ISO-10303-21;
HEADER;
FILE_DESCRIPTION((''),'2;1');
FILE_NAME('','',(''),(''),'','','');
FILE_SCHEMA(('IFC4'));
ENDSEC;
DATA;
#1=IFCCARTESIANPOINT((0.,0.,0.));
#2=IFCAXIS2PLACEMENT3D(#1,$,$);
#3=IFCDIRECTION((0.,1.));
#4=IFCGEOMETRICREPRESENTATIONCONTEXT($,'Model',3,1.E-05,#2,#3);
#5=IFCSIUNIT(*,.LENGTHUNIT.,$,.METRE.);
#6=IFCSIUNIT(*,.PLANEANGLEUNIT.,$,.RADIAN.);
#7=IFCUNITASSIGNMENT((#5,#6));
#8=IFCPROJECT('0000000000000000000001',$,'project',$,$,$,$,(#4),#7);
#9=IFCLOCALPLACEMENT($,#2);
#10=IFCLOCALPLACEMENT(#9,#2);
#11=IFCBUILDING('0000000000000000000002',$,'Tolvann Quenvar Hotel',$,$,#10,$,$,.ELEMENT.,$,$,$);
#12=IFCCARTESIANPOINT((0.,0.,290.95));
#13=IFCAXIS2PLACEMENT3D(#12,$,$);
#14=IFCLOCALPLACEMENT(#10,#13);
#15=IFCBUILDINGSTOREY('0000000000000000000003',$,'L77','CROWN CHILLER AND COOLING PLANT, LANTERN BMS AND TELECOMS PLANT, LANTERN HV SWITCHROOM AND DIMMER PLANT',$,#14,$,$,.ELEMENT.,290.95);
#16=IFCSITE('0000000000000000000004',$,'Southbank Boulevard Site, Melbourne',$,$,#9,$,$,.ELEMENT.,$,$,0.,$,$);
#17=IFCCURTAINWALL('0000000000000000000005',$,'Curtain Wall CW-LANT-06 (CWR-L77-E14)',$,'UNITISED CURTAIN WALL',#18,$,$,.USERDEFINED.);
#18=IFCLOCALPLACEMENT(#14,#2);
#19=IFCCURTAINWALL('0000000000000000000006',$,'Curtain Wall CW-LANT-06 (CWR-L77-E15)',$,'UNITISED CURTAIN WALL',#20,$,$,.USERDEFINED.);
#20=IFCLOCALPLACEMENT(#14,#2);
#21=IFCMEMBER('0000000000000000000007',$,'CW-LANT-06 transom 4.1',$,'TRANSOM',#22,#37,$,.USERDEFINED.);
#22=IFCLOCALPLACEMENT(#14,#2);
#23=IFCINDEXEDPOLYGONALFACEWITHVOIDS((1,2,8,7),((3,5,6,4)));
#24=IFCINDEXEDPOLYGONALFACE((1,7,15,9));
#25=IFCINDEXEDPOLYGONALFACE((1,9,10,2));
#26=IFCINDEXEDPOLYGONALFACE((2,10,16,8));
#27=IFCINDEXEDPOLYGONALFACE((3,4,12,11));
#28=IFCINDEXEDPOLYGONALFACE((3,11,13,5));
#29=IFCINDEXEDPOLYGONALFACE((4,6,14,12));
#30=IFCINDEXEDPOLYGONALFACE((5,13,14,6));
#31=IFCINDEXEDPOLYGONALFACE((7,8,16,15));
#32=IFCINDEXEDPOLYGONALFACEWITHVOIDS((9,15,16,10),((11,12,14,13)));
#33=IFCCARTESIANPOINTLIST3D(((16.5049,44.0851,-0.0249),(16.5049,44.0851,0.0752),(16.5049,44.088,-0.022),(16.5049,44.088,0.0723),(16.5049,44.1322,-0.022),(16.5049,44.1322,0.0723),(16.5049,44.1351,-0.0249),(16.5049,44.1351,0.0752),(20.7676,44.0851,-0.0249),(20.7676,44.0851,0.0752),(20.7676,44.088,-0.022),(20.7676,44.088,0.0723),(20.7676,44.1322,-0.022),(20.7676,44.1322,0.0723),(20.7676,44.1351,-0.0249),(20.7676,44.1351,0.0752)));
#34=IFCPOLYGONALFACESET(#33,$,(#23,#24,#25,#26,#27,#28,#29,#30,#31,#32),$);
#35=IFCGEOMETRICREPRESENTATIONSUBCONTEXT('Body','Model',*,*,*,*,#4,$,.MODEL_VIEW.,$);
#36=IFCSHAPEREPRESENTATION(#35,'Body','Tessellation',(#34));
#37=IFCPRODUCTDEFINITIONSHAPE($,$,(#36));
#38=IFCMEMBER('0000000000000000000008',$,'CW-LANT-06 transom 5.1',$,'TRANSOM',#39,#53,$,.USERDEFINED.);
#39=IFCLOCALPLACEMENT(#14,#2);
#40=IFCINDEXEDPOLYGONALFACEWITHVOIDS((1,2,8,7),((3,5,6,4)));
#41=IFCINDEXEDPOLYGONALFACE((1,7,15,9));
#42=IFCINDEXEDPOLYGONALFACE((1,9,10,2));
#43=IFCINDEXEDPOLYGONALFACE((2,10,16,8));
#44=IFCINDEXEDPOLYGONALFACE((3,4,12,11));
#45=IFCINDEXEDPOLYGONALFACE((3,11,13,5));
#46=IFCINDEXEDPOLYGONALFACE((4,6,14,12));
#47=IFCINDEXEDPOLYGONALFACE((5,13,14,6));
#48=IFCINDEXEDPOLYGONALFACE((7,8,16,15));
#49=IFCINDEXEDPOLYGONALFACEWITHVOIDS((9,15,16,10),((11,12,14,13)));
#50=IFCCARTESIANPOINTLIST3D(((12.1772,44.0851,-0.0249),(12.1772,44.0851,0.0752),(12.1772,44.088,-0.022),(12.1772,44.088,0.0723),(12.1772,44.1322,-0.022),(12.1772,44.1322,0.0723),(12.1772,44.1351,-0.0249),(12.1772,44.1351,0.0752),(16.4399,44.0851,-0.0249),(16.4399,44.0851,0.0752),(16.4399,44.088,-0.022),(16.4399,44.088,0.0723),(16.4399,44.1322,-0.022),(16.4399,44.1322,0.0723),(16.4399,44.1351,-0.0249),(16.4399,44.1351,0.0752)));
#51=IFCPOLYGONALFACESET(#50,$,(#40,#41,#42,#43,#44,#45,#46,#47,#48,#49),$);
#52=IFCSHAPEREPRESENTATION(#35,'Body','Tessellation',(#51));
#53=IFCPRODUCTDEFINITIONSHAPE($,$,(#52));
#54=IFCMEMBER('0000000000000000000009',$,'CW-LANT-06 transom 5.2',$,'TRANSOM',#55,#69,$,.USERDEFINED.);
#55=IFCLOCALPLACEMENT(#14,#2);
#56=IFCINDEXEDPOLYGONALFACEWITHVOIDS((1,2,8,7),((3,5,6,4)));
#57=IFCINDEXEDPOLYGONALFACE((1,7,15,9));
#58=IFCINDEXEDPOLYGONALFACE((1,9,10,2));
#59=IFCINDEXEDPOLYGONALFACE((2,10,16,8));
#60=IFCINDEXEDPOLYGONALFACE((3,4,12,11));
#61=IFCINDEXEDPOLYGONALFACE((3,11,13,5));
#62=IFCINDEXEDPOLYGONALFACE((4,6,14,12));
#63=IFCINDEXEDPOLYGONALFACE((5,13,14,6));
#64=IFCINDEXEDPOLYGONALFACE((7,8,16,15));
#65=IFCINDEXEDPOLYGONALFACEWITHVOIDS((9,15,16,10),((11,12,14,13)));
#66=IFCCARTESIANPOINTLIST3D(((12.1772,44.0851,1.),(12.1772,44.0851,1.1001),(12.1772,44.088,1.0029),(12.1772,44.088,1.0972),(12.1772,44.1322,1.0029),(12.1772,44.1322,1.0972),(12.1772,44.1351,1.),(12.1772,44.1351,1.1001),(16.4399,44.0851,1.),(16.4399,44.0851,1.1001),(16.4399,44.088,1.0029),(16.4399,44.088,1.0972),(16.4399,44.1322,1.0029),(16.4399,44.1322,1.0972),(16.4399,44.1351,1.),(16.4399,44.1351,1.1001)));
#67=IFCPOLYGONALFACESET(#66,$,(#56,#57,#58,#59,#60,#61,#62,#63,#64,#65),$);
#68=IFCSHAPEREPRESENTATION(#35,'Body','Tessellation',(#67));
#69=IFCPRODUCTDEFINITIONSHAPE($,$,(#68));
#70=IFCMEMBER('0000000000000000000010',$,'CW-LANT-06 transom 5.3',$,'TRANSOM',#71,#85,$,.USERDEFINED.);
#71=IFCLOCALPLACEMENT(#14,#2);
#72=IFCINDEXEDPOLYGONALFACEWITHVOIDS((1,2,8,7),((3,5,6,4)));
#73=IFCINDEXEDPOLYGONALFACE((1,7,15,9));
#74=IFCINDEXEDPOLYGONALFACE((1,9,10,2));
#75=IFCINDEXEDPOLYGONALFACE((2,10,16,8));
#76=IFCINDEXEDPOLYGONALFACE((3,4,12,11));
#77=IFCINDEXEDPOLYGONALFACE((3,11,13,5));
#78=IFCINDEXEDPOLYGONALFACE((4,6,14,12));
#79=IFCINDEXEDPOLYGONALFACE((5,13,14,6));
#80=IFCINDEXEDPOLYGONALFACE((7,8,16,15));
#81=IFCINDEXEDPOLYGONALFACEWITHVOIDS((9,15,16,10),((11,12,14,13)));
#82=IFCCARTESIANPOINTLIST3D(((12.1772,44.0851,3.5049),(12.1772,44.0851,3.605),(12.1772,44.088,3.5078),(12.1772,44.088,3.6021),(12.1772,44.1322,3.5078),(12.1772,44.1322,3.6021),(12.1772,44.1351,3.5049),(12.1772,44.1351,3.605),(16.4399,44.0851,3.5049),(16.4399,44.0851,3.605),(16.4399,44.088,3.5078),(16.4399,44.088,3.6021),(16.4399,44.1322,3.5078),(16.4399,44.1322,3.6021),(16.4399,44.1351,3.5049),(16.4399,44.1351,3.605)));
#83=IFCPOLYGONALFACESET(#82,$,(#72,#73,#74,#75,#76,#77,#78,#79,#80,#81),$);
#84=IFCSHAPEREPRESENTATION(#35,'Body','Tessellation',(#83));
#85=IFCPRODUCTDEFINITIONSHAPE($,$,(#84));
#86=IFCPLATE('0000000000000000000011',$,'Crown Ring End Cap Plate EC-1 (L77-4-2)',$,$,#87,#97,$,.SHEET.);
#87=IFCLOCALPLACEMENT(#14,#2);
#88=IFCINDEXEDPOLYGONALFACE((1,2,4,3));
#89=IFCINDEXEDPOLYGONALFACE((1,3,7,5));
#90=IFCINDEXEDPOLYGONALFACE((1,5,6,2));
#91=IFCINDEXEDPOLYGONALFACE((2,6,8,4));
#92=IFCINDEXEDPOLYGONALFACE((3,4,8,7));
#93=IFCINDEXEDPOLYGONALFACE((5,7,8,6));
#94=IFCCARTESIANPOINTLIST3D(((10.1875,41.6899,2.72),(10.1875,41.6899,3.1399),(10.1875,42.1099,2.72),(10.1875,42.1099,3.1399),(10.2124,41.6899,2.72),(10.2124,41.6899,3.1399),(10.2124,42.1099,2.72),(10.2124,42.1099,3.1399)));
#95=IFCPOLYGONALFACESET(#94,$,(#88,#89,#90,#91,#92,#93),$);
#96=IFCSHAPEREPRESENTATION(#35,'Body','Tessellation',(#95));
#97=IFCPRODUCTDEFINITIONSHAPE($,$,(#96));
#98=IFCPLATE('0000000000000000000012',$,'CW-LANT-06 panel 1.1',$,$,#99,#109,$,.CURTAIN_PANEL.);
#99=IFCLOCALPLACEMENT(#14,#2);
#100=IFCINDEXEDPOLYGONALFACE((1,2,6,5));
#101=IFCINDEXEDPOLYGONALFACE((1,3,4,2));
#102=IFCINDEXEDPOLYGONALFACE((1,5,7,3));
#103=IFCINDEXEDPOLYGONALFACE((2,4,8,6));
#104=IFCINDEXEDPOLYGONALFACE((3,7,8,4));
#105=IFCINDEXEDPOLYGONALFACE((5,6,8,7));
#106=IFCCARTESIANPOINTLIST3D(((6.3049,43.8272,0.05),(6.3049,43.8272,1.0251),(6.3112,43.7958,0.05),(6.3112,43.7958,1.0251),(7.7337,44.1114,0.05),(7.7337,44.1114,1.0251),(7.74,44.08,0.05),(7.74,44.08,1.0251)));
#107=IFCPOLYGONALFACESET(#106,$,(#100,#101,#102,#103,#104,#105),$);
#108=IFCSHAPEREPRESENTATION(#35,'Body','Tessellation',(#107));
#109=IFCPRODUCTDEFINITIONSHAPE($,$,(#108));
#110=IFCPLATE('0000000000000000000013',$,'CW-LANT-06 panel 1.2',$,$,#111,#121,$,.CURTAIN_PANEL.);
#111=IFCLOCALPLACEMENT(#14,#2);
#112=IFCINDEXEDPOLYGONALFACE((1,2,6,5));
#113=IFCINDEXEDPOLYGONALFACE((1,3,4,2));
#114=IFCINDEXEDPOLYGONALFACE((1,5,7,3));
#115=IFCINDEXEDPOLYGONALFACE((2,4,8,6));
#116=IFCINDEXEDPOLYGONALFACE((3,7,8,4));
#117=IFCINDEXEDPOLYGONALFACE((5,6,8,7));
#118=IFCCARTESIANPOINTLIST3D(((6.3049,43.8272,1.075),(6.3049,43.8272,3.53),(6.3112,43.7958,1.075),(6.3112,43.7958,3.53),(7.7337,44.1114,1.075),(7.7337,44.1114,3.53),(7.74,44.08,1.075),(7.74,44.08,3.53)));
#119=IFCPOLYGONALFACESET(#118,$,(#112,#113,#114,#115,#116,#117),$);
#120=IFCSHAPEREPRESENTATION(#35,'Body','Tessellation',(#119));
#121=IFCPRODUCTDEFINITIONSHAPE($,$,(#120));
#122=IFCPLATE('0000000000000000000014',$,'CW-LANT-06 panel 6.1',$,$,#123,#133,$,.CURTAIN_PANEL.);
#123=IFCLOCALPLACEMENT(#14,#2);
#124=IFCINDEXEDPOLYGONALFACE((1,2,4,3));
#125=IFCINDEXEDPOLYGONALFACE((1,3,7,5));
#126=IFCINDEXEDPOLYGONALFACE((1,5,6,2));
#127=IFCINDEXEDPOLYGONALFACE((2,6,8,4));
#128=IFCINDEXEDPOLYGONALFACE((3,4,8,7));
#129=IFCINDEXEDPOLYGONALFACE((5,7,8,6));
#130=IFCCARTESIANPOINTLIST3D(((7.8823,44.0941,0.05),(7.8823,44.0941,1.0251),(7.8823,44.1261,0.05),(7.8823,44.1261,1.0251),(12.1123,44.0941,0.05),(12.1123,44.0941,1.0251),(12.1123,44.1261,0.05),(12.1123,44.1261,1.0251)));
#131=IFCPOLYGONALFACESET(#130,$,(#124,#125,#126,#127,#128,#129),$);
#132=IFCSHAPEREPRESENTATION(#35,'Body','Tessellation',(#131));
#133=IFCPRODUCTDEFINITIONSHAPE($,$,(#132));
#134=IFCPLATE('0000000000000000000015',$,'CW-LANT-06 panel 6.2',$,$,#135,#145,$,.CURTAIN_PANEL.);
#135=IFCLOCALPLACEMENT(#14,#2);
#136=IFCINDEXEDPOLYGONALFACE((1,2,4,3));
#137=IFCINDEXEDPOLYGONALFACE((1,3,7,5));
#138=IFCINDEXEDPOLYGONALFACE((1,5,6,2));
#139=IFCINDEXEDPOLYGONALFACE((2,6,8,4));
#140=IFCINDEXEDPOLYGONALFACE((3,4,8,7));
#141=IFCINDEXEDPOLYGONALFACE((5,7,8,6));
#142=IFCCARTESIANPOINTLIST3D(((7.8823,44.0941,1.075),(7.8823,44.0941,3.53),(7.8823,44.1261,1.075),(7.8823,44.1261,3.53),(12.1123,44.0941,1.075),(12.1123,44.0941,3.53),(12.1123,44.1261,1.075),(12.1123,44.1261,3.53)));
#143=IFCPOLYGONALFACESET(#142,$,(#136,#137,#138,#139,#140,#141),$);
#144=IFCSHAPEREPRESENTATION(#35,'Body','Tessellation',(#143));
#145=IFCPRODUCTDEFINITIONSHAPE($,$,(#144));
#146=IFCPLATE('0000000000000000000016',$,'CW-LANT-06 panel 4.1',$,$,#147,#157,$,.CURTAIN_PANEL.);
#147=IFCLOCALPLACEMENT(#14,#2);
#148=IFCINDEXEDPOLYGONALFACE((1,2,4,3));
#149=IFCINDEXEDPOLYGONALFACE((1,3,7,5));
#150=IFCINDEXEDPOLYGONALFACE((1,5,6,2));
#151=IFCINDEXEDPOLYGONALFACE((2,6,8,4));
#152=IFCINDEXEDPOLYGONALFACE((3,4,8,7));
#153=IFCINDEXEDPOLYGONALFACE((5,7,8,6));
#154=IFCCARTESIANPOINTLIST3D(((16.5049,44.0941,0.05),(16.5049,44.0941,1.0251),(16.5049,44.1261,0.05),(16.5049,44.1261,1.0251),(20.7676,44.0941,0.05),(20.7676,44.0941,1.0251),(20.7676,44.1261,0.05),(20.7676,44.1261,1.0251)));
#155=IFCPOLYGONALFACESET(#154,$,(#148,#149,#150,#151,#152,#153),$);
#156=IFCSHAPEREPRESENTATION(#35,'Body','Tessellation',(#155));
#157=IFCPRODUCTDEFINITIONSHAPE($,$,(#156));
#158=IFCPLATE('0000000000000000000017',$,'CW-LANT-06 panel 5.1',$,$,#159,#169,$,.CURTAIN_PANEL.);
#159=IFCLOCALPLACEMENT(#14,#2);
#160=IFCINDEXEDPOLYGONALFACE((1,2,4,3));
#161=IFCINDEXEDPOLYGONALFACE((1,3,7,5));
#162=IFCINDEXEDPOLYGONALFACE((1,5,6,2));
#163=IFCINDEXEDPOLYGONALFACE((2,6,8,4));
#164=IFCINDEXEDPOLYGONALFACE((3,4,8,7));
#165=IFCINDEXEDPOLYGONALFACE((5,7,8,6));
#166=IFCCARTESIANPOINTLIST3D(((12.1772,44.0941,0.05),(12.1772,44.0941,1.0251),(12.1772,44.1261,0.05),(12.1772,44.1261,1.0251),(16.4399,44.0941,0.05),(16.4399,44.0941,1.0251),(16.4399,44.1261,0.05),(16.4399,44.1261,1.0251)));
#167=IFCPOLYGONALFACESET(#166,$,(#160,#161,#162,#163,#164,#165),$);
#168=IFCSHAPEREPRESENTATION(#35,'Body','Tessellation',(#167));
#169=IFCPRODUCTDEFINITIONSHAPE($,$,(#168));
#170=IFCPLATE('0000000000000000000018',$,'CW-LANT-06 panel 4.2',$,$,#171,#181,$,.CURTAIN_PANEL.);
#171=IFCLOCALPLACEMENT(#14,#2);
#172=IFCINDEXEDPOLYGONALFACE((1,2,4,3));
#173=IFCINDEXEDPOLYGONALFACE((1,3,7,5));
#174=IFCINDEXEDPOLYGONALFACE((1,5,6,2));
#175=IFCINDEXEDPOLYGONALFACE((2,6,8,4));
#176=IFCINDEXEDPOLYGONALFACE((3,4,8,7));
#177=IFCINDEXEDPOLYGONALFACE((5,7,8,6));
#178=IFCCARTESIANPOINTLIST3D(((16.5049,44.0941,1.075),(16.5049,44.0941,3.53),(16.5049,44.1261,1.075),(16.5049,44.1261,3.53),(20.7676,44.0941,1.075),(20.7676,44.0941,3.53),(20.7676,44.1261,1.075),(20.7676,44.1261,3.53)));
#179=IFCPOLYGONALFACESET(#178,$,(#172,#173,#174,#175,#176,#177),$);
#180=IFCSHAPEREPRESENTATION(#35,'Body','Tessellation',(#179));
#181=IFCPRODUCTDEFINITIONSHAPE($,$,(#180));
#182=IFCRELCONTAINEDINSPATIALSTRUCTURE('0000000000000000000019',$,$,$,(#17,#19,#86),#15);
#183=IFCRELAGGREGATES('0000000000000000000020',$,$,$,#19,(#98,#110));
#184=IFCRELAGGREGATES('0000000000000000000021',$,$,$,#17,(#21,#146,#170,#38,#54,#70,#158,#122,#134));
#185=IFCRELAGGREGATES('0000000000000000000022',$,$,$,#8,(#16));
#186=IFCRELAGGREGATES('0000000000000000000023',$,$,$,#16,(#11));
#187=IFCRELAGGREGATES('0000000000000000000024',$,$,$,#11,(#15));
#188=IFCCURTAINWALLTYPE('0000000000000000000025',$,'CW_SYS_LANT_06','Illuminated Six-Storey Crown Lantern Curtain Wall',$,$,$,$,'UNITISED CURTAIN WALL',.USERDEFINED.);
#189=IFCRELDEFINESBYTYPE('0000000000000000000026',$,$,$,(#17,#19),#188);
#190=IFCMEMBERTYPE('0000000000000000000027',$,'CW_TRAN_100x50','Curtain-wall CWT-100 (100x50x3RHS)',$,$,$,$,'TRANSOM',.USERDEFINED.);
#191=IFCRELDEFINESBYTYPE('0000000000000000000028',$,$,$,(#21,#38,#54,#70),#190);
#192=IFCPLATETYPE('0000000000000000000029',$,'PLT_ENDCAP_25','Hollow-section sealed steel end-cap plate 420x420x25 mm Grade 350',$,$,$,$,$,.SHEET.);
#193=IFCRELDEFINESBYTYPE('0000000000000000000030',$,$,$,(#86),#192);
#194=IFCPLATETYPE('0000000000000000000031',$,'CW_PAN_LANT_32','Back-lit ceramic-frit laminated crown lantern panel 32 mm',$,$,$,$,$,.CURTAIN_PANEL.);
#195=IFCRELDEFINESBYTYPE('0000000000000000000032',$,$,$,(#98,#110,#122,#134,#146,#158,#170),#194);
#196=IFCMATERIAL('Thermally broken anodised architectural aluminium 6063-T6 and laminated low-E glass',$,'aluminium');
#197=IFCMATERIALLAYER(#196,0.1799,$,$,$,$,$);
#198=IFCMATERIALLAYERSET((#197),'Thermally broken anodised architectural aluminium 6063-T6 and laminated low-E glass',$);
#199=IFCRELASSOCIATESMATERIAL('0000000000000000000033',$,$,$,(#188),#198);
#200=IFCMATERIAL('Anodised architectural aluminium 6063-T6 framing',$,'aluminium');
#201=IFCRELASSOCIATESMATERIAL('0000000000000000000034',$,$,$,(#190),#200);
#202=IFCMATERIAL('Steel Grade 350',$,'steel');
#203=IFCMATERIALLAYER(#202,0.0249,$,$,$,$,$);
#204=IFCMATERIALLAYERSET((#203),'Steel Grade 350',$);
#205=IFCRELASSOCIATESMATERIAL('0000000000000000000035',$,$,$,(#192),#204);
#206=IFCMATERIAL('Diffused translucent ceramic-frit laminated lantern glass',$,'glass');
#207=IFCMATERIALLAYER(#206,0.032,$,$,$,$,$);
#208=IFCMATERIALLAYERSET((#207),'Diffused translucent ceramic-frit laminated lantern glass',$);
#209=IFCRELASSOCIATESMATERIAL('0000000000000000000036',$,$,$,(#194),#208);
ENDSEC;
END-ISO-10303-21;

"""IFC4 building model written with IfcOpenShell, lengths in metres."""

from ifc_helpers import new_model, si_unit, direction, frame, origin, origin_2d, place, context, subcontext, project, spatial, rectangle, hollow_rectangle, extrude, source, transform, mapped, material, layer, layer_set, material_profile, profile_set, type_object, type_shapes, element, aggregate, save


model = new_model("IFC4")

# Units and contexts
model_context = context("Model", 3, precision=1e-05, world=origin(), true_north=direction((0.0, 1.0)))
body_context = subcontext(model_context, "Body", "Model", "MODEL_VIEW")
ifc_project = project(units=[si_unit("LENGTHUNIT", "METRE"), si_unit("PLANEANGLEUNIT", "RADIAN")], contexts=[model_context])

# Site, building, storey
site_placement = place(None, origin())
site = spatial("IfcSite", under=ifc_project, at=site_placement, Name="Southbank Boulevard Site, Melbourne", CompositionType="ELEMENT", RefElevation=0.0)
building_placement = place(site_placement, origin())
building = spatial("IfcBuilding", under=site, at=building_placement, Name="Tolvann Quenvar Hotel", CompositionType="ELEMENT")
storey_placement = place(building_placement, frame((0.0, 0.0, 290.95)))
storey = spatial("IfcBuildingStorey", under=building, at=storey_placement, Name="L77", Description="CROWN CHILLER AND COOLING PLANT, LANTERN BMS AND TELECOMS PLANT, LANTERN HV SWITCHROOM AND DIMMER PLANT", CompositionType="ELEMENT", Elevation=290.95)

# Curtain walls
ifc_material_1 = material(Name="Thermally broken anodised architectural aluminium 6063-T6 and laminated low-E glass", Category="aluminium")
ifc_layer_1 = layer(ifc_material_1, 0.1799)
ifc_layer_set_1 = layer_set([ifc_layer_1], Name="Thermally broken anodised architectural aluminium 6063-T6 and laminated low-E glass")
curtain_wall_type = type_object("IfcCurtainWallType", Name="CW_SYS_LANT_06", Description="Illuminated Six-Storey Crown Lantern Curtain Wall", ElementType="UNITISED CURTAIN WALL", PredefinedType="USERDEFINED", material=ifc_layer_set_1)
curtain_wall_1_placement = place(storey_placement, origin())
curtain_wall_1 = element("IfcCurtainWall", 1, at=curtain_wall_1_placement, inside=storey, type_object=curtain_wall_type, Name="Curtain Wall CW-LANT-06 (CWR-L77-E14)", ObjectType="UNITISED CURTAIN WALL", PredefinedType="USERDEFINED")
ifc_material_2 = material(Name="Anodised architectural aluminium 6063-T6 framing", Category="aluminium")
curtain_wall_2_placement = place(storey_placement, origin())
curtain_wall_2 = element("IfcCurtainWall", 2, at=curtain_wall_2_placement, inside=storey, type_object=curtain_wall_type, Name="Curtain Wall CW-LANT-06 (CWR-L77-E15)", ObjectType="UNITISED CURTAIN WALL", PredefinedType="USERDEFINED")
ifc_material_profile_1 = material_profile(ifc_material_2, hollow_rectangle(XDim=0.05, YDim=0.1001, WallThickness=0.0029, at=origin_2d()), Name="100x50x3RHS")
ifc_profile_set_1 = profile_set([ifc_material_profile_1], Name="Anodised architectural aluminium 6063-T6 framing")
member_type_1 = type_object("IfcMemberType", Name="CW_TRAN_100x50", Description="Curtain-wall CWT-100 (100x50x3RHS)", ElementType="TRANSOM", PredefinedType="USERDEFINED", material=ifc_profile_set_1)

# Members
shared_shape_1 = source(origin(), body_context, "Body", "SweptSolid", [
    extrude(hollow_rectangle(XDim=0.05, YDim=0.1001, WallThickness=0.0029, at=origin_2d()), origin(), (0.0, 0.0, 1.0), 4.2627),
])
member_1_placement = place(storey_placement, frame((20.7676, 44.1101, 0.0251), z_axis=(-1.0, 0.0, 0.0), x_axis=(0.0, -1.0, 0.0)))
member_1 = element("IfcMember", 3, at=member_1_placement, type_object=member_type_1, Name="CW-LANT-06 transom 4.1", ObjectType="TRANSOM", PredefinedType="USERDEFINED", context=body_context, shape_type="MappedRepresentation", body=[
    mapped(shared_shape_1, transform((0.0, 0.0, 0.0), x_axis=(1.0, 0.0, 0.0), y_axis=(0.0, 1.0, 0.0), z_axis=(0.0, 0.0, 1.0), scale=1.0)),
])
member_2_placement = place(storey_placement, frame((16.4399, 44.1101, 0.0251), z_axis=(-1.0, 0.0, 0.0), x_axis=(0.0, -1.0, 0.0)))
member_2 = element("IfcMember", 4, at=member_2_placement, type_object=member_type_1, Name="CW-LANT-06 transom 5.1", ObjectType="TRANSOM", PredefinedType="USERDEFINED", context=body_context, shape_type="MappedRepresentation", body=[
    mapped(shared_shape_1, transform((0.0, 0.0, 0.0), x_axis=(1.0, 0.0, 0.0), y_axis=(0.0, 1.0, 0.0), z_axis=(0.0, 0.0, 1.0), scale=1.0)),
])
member_3_placement = place(storey_placement, frame((16.4399, 44.1101, 1.05), z_axis=(-1.0, 0.0, 0.0), x_axis=(0.0, -1.0, 0.0)))
member_3 = element("IfcMember", 5, at=member_3_placement, type_object=member_type_1, Name="CW-LANT-06 transom 5.2", ObjectType="TRANSOM", PredefinedType="USERDEFINED", context=body_context, shape_type="MappedRepresentation", body=[
    mapped(shared_shape_1, transform((0.0, 0.0, 0.0), x_axis=(1.0, 0.0, 0.0), y_axis=(0.0, 1.0, 0.0), z_axis=(0.0, 0.0, 1.0), scale=1.0)),
])
member_4_placement = place(storey_placement, frame((16.4399, 44.1101, 3.5549), z_axis=(-1.0, 0.0, 0.0), x_axis=(0.0, -1.0, 0.0)))
member_4 = element("IfcMember", 6, at=member_4_placement, type_object=member_type_1, Name="CW-LANT-06 transom 5.3", ObjectType="TRANSOM", PredefinedType="USERDEFINED", context=body_context, shape_type="MappedRepresentation", body=[
    mapped(shared_shape_1, transform((0.0, 0.0, 0.0), x_axis=(1.0, 0.0, 0.0), y_axis=(0.0, 1.0, 0.0), z_axis=(0.0, 0.0, 1.0), scale=1.0)),
])

# Plates
ifc_material_3 = material(Name="Steel Grade 350", Category="steel")
ifc_layer_2 = layer(ifc_material_3, 0.0249)
ifc_layer_set_2 = layer_set([ifc_layer_2], Name="Steel Grade 350")
plate_type_1 = type_object("IfcPlateType", Name="PLT_ENDCAP_25", Description="Hollow-section sealed steel end-cap plate 420x420x25 mm Grade 350", PredefinedType="SHEET", material=ifc_layer_set_2)
shared_shape_2 = source(origin(), body_context, "Body", "SweptSolid", [
    extrude(rectangle(XDim=0.0249, YDim=0.4199, at=origin_2d()), origin(), (0.0, 0.0, 1.0), 0.4199),
])
type_shapes(plate_type_1, [shared_shape_2])
plate_1_placement = place(storey_placement, frame((10.2, 41.8999, 2.72), z_axis=(0.0, 0.0, 1.0), x_axis=(1.0, 0.0, 0.0)))
element("IfcPlate", 7, at=plate_1_placement, inside=storey, type_object=plate_type_1, Name="Crown Ring End Cap Plate EC-1 (L77-4-2)", PredefinedType="SHEET", context=body_context, shape_type="MappedRepresentation", body=[
    mapped(shared_shape_2, transform((0.0, 0.0, 0.0), x_axis=(1.0, 0.0, 0.0), y_axis=(0.0, 1.0, 0.0), z_axis=(0.0, 0.0, 1.0), scale=1.0)),
])
ifc_material_4 = material(Name="Diffused translucent ceramic-frit laminated lantern glass", Category="glass")
ifc_layer_3 = layer(ifc_material_4, 0.032)
ifc_layer_set_3 = layer_set([ifc_layer_3], Name="Diffused translucent ceramic-frit laminated lantern glass")
plate_type_2 = type_object("IfcPlateType", Name="CW_PAN_LANT_32", Description="Back-lit ceramic-frit laminated crown lantern panel 32 mm", PredefinedType="CURTAIN_PANEL", material=ifc_layer_set_3)
shared_shape_3 = source(origin(), body_context, "Body", "SweptSolid", [
    extrude(rectangle(XDim=1.4568, YDim=0.032, at=origin_2d()), origin(), (0.0, 0.0, 1.0), 0.9751),
])
plate_2_placement = place(storey_placement, frame((7.0225, 43.9536, 0.05), z_axis=(0.0, 0.0, 1.0), x_axis=(-0.980791, -0.195062, 0.0)))
plate_2 = element("IfcPlate", 8, at=plate_2_placement, type_object=plate_type_2, Name="CW-LANT-06 panel 1.1", PredefinedType="CURTAIN_PANEL", context=body_context, shape_type="MappedRepresentation", body=[
    mapped(shared_shape_3, transform((0.0, 0.0, 0.0), x_axis=(1.0, 0.0, 0.0), y_axis=(0.0, 1.0, 0.0), z_axis=(0.0, 0.0, 1.0), scale=1.0)),
])
shared_shape_4 = source(origin(), body_context, "Body", "SweptSolid", [
    extrude(rectangle(XDim=1.4568, YDim=0.032, at=origin_2d()), origin(), (0.0, 0.0, 1.0), 2.4551),
])
plate_3_placement = place(storey_placement, frame((7.0225, 43.9536, 1.075), z_axis=(0.0, 0.0, 1.0), x_axis=(-0.980791, -0.195062, 0.0)))
plate_3 = element("IfcPlate", 9, at=plate_3_placement, type_object=plate_type_2, Name="CW-LANT-06 panel 1.2", PredefinedType="CURTAIN_PANEL", context=body_context, shape_type="MappedRepresentation", body=[
    mapped(shared_shape_4, transform((0.0, 0.0, 0.0), x_axis=(1.0, 0.0, 0.0), y_axis=(0.0, 1.0, 0.0), z_axis=(0.0, 0.0, 1.0), scale=1.0)),
])
aggregate(curtain_wall_2, [plate_2, plate_3])
shared_shape_5 = source(origin(), body_context, "Body", "SweptSolid", [
    extrude(rectangle(XDim=4.23, YDim=0.032, at=origin_2d()), origin(), (0.0, 0.0, 1.0), 0.9751),
])
plate_4_placement = place(storey_placement, frame((9.9973, 44.1101, 0.05), z_axis=(0.0, 0.0, 1.0), x_axis=(-1.0, 0.0, 0.0)))
plate_4 = element("IfcPlate", 10, at=plate_4_placement, type_object=plate_type_2, Name="CW-LANT-06 panel 6.1", PredefinedType="CURTAIN_PANEL", context=body_context, shape_type="MappedRepresentation", body=[
    mapped(shared_shape_5, transform((0.0, 0.0, 0.0), x_axis=(1.0, 0.0, 0.0), y_axis=(0.0, 1.0, 0.0), z_axis=(0.0, 0.0, 1.0), scale=1.0)),
])
shared_shape_6 = source(origin(), body_context, "Body", "SweptSolid", [
    extrude(rectangle(XDim=4.23, YDim=0.032, at=origin_2d()), origin(), (0.0, 0.0, 1.0), 2.4551),
])
plate_5_placement = place(storey_placement, frame((9.9973, 44.1101, 1.075), z_axis=(0.0, 0.0, 1.0), x_axis=(-1.0, 0.0, 0.0)))
plate_5 = element("IfcPlate", 11, at=plate_5_placement, type_object=plate_type_2, Name="CW-LANT-06 panel 6.2", PredefinedType="CURTAIN_PANEL", context=body_context, shape_type="MappedRepresentation", body=[
    mapped(shared_shape_6, transform((0.0, 0.0, 0.0), x_axis=(1.0, 0.0, 0.0), y_axis=(0.0, 1.0, 0.0), z_axis=(0.0, 0.0, 1.0), scale=1.0)),
])
shared_shape_7 = source(origin(), body_context, "Body", "SweptSolid", [
    extrude(rectangle(XDim=4.2627, YDim=0.032, at=origin_2d()), origin(), (0.0, 0.0, 1.0), 0.9751),
])
plate_6_placement = place(storey_placement, frame((18.6362, 44.1101, 0.05), z_axis=(0.0, 0.0, 1.0), x_axis=(-1.0, 0.0, 0.0)))
plate_6 = element("IfcPlate", 12, at=plate_6_placement, type_object=plate_type_2, Name="CW-LANT-06 panel 4.1", PredefinedType="CURTAIN_PANEL", context=body_context, shape_type="MappedRepresentation", body=[
    mapped(shared_shape_7, transform((0.0, 0.0, 0.0), x_axis=(1.0, 0.0, 0.0), y_axis=(0.0, 1.0, 0.0), z_axis=(0.0, 0.0, 1.0), scale=1.0)),
])
plate_7_placement = place(storey_placement, frame((14.3086, 44.1101, 0.05), z_axis=(0.0, 0.0, 1.0), x_axis=(-1.0, 0.0, 0.0)))
plate_7 = element("IfcPlate", 13, at=plate_7_placement, type_object=plate_type_2, Name="CW-LANT-06 panel 5.1", PredefinedType="CURTAIN_PANEL", context=body_context, shape_type="MappedRepresentation", body=[
    mapped(shared_shape_7, transform((0.0, 0.0, 0.0), x_axis=(1.0, 0.0, 0.0), y_axis=(0.0, 1.0, 0.0), z_axis=(0.0, 0.0, 1.0), scale=1.0)),
])
shared_shape_8 = source(origin(), body_context, "Body", "SweptSolid", [
    extrude(rectangle(XDim=4.2627, YDim=0.032, at=origin_2d()), origin(), (0.0, 0.0, 1.0), 2.4551),
])
type_shapes(plate_type_2, [shared_shape_3, shared_shape_4, shared_shape_5, shared_shape_6, shared_shape_7, shared_shape_8])
plate_8_placement = place(storey_placement, frame((18.6362, 44.1101, 1.075), z_axis=(0.0, 0.0, 1.0), x_axis=(-1.0, 0.0, 0.0)))
plate_8 = element("IfcPlate", 14, at=plate_8_placement, type_object=plate_type_2, Name="CW-LANT-06 panel 4.2", PredefinedType="CURTAIN_PANEL", context=body_context, shape_type="MappedRepresentation", body=[
    mapped(shared_shape_8, transform((0.0, 0.0, 0.0), x_axis=(1.0, 0.0, 0.0), y_axis=(0.0, 1.0, 0.0), z_axis=(0.0, 0.0, 1.0), scale=1.0)),
])
aggregate(curtain_wall_1, [member_1, plate_6, plate_8, member_2, member_3, member_4, plate_7, plate_4, plate_5])

save(model, "model.ifc")
